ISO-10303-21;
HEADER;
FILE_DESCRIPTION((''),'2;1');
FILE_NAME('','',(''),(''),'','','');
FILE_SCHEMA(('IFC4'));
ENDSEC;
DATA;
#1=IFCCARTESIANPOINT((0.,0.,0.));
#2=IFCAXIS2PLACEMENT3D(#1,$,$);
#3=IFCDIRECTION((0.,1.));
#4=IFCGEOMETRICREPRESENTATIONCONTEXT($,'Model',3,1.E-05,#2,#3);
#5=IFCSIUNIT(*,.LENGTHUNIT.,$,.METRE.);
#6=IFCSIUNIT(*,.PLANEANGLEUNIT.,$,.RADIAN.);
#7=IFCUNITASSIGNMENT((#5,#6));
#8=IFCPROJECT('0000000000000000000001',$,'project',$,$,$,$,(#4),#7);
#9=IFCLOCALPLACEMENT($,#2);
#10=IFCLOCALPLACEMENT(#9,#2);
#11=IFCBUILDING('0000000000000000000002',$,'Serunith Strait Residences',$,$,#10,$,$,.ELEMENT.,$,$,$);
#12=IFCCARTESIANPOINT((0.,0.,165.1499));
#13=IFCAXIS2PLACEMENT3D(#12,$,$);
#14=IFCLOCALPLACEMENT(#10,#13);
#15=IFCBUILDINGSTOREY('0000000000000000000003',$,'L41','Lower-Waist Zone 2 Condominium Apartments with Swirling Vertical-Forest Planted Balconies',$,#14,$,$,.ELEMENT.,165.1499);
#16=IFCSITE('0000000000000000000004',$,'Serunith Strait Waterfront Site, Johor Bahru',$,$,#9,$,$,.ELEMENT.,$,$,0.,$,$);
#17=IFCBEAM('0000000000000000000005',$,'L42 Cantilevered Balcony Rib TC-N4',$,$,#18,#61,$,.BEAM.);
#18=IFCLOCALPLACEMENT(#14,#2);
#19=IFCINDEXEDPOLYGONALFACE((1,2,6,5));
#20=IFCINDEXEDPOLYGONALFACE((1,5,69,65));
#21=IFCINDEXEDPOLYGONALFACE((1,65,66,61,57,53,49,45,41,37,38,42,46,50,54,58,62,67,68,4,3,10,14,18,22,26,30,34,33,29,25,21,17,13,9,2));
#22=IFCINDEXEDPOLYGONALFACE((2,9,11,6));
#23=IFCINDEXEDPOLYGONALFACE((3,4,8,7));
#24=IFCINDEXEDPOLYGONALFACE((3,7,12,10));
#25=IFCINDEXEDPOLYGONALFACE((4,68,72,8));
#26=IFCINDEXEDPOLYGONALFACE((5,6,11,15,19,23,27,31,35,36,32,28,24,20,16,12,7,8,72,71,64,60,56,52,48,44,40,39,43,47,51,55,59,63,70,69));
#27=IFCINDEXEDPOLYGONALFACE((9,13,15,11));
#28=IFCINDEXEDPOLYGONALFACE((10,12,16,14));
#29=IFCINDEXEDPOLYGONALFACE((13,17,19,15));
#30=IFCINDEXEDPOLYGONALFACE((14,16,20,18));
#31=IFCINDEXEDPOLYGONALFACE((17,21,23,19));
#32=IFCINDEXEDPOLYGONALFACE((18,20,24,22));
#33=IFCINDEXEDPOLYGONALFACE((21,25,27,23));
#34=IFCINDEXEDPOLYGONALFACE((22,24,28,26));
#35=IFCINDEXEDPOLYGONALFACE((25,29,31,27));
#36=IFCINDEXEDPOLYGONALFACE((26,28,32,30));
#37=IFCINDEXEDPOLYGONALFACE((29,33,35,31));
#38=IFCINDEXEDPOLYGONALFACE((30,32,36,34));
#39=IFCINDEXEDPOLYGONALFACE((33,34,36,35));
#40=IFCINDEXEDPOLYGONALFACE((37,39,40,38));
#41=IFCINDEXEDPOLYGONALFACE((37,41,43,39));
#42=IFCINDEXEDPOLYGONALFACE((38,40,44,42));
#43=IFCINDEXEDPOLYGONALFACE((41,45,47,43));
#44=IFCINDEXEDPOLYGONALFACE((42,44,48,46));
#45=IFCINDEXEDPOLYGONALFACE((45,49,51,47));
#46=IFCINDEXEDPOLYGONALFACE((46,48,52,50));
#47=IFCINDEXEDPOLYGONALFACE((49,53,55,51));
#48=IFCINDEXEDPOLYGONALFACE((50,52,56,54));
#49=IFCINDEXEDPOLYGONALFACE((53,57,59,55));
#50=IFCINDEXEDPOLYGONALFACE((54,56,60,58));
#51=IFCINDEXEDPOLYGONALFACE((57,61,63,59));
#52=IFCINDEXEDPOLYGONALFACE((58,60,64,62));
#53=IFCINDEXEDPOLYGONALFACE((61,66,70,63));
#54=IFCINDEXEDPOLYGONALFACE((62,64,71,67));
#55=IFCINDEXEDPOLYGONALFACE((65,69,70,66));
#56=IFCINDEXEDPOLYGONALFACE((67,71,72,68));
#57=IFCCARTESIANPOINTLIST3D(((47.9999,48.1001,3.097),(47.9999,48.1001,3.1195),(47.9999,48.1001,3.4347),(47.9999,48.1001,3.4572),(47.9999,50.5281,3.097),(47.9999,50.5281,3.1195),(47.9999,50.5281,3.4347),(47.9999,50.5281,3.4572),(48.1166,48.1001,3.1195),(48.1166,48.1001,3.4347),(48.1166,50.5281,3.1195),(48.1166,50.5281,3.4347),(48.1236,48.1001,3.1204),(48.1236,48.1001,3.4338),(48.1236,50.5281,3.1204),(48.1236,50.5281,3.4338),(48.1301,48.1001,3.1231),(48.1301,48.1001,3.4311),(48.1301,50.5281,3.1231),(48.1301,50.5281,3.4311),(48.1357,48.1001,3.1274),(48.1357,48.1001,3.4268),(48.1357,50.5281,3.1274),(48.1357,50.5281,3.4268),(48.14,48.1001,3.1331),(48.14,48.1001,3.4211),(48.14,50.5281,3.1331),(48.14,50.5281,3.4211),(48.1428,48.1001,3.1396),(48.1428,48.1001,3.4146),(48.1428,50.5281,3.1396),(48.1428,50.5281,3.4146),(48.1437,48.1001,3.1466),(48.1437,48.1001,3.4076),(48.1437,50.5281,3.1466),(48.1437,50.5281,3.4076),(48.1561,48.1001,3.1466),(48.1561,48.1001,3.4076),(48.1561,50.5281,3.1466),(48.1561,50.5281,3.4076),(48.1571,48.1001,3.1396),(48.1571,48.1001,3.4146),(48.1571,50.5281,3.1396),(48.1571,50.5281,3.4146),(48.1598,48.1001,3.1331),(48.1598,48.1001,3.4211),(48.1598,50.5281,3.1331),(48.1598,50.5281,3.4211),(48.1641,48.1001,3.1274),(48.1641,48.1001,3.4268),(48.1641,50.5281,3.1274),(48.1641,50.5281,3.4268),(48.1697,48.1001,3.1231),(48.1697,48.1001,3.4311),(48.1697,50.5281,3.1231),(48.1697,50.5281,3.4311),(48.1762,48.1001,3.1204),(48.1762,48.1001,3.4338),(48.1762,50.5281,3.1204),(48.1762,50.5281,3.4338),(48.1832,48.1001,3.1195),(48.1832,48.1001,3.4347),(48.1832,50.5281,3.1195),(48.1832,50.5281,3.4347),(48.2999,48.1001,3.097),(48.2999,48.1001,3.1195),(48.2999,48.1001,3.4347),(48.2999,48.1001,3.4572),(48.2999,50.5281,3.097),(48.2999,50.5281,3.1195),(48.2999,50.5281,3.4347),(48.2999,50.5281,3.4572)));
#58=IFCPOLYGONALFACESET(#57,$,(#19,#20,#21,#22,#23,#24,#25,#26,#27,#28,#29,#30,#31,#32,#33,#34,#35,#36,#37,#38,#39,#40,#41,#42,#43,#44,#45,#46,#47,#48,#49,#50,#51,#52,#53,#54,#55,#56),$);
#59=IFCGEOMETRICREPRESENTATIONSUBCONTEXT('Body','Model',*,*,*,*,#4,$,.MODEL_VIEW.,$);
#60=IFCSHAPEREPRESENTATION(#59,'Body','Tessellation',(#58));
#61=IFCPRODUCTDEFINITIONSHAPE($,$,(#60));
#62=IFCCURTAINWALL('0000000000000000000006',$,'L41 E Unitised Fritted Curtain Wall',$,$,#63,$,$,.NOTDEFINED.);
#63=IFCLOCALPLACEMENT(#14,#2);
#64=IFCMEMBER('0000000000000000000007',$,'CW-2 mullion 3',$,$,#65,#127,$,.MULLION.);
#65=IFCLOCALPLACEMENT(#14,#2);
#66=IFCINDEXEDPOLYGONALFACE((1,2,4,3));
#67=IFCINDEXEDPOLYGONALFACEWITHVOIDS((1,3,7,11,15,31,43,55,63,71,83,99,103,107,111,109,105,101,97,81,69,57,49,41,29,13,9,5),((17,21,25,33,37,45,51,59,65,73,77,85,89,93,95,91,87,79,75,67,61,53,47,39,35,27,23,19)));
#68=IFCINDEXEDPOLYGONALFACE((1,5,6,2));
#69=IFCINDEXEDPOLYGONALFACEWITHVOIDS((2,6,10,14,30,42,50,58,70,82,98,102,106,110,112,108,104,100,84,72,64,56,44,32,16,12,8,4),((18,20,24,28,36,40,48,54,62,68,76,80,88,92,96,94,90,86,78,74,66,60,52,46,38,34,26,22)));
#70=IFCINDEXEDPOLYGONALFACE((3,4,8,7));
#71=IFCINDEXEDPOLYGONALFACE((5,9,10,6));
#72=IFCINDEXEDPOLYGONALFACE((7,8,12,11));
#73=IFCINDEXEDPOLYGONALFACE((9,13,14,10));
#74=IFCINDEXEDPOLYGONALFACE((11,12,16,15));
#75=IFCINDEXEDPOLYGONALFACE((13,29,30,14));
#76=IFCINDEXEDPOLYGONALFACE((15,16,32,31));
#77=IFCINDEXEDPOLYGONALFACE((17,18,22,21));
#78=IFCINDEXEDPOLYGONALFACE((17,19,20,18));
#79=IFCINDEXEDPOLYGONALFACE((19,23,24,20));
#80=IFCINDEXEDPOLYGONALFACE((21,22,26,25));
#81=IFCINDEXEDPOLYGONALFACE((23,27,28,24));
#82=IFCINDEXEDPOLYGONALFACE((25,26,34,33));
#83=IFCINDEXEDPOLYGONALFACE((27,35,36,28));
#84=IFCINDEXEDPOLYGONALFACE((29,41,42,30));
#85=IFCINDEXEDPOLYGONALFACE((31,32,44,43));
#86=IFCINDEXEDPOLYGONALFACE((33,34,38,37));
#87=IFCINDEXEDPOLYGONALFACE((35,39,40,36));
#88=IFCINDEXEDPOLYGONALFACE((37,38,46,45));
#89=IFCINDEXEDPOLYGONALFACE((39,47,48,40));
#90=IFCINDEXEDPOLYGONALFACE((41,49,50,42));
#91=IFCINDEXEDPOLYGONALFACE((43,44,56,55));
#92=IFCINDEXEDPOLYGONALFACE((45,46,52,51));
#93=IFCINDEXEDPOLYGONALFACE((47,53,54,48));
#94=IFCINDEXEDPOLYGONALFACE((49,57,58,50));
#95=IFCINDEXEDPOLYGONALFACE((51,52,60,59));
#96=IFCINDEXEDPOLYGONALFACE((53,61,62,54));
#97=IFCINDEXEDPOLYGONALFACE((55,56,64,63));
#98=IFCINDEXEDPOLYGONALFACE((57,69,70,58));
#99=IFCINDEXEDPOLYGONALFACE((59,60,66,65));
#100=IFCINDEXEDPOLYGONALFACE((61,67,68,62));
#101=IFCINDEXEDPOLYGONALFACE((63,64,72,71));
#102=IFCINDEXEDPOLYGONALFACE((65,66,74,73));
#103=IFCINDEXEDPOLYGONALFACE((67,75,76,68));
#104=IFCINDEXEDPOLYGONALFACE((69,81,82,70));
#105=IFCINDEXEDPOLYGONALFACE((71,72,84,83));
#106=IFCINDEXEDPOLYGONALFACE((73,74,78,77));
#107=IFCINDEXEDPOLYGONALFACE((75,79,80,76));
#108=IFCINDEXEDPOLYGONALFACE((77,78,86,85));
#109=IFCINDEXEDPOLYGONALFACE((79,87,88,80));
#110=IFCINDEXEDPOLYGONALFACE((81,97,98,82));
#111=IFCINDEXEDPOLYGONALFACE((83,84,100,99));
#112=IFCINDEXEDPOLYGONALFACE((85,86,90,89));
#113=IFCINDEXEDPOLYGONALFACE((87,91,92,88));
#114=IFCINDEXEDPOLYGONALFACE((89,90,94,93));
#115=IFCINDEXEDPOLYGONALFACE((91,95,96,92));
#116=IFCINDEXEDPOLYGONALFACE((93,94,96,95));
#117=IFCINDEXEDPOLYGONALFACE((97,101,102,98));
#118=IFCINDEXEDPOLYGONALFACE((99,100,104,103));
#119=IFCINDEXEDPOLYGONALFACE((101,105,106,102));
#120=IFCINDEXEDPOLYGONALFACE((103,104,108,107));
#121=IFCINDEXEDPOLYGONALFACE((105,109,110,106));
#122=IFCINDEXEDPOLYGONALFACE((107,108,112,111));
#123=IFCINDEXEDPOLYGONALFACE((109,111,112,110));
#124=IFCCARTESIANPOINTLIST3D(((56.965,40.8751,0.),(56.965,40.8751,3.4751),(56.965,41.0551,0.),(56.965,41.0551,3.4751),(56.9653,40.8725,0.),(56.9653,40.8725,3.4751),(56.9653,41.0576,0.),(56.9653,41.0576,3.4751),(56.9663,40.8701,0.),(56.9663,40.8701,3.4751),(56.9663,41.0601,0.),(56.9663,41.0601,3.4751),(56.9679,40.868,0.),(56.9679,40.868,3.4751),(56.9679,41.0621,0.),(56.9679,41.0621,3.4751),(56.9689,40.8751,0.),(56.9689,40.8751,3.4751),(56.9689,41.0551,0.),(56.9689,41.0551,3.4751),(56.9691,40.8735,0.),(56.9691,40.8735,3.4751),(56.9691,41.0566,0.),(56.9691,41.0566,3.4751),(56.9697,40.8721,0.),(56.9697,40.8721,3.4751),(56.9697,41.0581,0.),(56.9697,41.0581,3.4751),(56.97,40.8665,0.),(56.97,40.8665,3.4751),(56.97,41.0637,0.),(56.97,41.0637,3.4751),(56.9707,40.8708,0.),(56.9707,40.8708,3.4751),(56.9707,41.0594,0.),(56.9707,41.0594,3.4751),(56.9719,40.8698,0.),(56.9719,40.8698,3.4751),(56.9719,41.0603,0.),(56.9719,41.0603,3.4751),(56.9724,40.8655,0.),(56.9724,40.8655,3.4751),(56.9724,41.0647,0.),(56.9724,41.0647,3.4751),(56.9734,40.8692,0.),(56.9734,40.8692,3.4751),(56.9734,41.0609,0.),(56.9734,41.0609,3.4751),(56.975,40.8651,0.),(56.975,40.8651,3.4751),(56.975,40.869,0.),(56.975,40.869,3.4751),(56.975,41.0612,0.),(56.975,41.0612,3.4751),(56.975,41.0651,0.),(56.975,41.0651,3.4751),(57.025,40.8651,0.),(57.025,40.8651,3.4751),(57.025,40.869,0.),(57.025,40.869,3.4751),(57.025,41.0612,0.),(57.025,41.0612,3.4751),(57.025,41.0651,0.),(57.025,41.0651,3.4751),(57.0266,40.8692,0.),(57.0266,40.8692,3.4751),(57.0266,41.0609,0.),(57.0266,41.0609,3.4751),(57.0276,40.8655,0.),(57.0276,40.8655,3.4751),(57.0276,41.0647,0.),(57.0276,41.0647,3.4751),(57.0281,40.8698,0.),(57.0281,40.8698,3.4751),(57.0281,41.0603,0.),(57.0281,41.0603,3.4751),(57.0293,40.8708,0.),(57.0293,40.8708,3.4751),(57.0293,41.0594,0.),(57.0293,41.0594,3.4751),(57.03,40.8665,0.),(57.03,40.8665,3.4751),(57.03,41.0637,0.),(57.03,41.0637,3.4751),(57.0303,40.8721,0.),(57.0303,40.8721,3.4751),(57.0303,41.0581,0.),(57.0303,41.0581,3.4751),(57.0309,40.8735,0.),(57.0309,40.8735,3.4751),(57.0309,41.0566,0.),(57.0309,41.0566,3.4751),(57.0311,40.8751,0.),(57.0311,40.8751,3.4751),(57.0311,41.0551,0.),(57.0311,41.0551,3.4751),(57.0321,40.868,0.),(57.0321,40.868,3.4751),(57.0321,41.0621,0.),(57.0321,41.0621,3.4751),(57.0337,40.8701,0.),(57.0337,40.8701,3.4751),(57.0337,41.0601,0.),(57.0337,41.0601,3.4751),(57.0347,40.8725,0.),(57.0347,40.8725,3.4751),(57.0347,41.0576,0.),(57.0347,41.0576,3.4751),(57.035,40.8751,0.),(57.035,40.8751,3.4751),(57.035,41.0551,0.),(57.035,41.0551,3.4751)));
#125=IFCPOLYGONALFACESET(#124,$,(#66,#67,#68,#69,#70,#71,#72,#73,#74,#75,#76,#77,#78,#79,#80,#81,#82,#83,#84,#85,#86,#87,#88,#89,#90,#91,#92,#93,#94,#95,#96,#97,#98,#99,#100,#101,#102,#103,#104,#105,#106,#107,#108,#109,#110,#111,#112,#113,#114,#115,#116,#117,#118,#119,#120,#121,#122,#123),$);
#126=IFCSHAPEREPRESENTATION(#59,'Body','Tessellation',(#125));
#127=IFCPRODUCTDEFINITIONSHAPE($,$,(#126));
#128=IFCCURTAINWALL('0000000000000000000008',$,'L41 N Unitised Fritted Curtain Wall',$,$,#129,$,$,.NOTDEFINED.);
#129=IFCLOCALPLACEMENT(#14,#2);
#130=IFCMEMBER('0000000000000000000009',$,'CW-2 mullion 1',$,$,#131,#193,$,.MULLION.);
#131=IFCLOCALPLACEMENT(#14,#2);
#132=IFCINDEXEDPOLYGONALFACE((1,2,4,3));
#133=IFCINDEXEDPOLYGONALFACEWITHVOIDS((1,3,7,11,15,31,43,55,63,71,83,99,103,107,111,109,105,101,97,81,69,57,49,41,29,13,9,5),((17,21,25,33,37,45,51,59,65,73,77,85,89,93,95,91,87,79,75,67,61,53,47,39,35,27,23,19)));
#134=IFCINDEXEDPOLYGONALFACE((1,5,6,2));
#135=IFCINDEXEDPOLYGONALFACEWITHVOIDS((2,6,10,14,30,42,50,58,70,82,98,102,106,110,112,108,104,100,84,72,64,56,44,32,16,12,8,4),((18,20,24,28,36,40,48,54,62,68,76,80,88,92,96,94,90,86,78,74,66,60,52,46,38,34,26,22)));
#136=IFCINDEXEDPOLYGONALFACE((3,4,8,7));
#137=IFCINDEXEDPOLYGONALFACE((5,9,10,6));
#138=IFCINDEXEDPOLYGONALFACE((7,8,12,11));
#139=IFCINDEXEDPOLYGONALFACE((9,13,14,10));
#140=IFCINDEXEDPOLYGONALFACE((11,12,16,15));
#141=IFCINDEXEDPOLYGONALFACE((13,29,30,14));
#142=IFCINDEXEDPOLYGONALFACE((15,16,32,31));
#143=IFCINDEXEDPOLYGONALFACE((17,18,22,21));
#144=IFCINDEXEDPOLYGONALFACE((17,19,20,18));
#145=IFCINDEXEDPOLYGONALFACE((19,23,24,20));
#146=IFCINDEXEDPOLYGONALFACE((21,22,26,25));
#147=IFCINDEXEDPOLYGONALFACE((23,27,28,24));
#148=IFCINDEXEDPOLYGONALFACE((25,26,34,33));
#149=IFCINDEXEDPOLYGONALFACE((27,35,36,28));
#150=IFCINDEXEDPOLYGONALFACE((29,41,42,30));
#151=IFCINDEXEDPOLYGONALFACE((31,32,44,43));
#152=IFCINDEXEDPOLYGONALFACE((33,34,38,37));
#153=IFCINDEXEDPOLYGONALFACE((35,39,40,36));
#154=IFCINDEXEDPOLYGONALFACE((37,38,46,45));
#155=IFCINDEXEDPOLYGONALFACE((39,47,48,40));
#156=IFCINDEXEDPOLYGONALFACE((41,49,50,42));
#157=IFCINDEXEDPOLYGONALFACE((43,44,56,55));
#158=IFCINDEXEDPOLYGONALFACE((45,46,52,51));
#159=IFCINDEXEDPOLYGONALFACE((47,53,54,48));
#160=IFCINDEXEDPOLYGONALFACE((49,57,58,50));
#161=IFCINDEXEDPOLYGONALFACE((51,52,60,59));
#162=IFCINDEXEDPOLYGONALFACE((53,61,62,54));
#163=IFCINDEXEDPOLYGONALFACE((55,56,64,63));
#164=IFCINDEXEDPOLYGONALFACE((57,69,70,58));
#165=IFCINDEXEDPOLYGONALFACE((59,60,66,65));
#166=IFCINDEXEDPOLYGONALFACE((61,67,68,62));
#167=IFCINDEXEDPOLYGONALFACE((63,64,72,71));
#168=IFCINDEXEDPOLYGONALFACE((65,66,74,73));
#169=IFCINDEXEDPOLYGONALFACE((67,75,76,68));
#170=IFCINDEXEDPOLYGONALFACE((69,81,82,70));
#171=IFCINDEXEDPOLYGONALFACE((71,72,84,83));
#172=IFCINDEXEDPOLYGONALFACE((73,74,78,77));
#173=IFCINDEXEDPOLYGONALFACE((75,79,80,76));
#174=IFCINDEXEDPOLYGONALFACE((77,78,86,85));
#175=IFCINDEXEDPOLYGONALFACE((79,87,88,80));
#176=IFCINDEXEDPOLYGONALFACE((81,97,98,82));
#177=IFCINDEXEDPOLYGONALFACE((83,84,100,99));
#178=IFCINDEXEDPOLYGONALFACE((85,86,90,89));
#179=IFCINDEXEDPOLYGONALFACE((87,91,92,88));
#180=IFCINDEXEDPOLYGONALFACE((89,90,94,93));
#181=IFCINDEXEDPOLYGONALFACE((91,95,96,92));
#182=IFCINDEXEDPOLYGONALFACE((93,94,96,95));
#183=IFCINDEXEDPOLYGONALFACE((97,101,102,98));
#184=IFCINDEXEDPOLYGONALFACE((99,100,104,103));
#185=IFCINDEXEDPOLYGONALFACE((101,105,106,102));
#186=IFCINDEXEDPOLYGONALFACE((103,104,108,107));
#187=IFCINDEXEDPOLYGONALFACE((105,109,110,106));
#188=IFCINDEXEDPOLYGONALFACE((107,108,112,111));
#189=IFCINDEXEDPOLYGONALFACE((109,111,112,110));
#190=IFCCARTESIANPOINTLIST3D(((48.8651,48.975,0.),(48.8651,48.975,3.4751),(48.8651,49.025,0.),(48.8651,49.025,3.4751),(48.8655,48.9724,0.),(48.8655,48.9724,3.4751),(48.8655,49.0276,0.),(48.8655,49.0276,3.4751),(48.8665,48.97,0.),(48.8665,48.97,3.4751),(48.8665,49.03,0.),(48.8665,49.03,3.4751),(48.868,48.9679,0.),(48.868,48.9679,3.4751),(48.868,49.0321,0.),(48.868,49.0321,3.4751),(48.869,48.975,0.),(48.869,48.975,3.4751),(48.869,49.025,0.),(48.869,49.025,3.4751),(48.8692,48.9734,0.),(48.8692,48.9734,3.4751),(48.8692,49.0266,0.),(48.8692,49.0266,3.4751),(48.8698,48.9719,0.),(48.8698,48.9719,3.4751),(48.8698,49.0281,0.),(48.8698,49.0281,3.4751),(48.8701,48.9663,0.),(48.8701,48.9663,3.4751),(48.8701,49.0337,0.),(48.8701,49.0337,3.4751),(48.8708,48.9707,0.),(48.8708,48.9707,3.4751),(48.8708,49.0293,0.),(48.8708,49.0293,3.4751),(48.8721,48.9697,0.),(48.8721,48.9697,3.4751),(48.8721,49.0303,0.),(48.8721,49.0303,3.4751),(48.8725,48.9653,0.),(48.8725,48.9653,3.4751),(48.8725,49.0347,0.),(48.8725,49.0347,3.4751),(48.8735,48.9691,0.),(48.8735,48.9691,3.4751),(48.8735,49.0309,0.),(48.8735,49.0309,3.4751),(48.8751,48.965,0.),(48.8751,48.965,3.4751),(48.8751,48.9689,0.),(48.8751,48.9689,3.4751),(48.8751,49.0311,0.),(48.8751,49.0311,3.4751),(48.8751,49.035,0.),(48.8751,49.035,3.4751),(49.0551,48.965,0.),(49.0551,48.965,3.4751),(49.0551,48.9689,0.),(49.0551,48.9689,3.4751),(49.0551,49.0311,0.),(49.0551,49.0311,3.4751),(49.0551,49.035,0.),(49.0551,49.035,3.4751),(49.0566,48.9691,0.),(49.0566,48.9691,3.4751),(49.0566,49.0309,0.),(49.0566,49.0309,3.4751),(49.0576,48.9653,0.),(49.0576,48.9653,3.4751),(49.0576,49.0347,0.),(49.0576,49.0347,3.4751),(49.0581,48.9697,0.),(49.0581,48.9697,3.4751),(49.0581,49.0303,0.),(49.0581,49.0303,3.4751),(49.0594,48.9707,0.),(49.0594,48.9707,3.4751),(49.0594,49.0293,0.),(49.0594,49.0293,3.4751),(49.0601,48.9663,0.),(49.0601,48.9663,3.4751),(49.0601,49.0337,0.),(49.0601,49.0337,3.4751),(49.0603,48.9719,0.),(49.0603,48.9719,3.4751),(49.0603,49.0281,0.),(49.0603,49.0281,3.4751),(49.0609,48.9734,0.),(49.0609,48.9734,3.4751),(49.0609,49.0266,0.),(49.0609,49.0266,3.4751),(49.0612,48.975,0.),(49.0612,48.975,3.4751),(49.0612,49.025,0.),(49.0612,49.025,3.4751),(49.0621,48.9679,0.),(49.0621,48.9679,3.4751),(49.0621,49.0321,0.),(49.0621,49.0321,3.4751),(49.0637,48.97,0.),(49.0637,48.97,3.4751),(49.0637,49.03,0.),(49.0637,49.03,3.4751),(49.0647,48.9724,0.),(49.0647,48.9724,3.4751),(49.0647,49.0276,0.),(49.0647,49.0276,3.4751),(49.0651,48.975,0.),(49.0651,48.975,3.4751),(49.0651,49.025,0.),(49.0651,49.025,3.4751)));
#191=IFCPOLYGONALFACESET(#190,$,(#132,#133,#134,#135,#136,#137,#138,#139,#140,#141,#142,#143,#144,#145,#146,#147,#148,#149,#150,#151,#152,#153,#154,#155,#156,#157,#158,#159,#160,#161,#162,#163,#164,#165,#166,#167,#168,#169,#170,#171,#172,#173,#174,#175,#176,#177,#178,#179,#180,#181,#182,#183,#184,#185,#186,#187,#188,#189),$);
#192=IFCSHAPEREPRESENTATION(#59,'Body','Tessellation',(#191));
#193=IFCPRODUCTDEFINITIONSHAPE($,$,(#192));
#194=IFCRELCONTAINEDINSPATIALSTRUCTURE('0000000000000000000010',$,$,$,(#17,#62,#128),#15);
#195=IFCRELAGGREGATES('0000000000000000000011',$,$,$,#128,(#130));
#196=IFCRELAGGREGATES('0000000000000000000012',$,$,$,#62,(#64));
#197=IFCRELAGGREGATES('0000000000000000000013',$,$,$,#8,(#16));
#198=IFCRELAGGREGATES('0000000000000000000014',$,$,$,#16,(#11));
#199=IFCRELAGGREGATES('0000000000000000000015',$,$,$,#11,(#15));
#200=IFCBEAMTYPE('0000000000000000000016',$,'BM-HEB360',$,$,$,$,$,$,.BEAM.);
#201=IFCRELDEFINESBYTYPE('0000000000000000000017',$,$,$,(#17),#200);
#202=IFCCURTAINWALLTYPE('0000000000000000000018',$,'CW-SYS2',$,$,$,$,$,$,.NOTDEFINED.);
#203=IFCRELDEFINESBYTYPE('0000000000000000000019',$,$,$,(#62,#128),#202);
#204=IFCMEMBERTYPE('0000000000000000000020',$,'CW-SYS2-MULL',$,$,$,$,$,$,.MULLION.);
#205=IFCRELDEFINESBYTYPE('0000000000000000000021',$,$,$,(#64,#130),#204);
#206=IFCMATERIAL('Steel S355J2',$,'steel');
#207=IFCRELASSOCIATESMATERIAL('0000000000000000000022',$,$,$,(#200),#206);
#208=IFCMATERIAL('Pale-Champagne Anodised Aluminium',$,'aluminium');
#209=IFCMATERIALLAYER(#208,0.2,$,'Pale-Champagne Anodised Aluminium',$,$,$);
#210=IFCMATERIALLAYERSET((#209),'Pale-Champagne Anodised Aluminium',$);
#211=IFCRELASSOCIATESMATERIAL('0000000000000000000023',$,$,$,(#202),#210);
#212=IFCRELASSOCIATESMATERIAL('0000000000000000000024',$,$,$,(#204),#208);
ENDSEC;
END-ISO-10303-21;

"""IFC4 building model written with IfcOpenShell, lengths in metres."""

from ifc_helpers import new_model, si_unit, direction, frame, origin, origin_2d, place, context, subcontext, project, spatial, hollow_rectangle, i_section, extrude, source, transform, mapped, material, layer, layer_set, material_profile, profile_set, type_object, element, aggregate, save


model = new_model("IFC4")

# Units and contexts
model_context = context("Model", 3, precision=1e-05, world=origin(), true_north=direction((0.0, 1.0)))
body_context = subcontext(model_context, "Body", "Model", "MODEL_VIEW")
ifc_project = project(units=[si_unit("LENGTHUNIT", "METRE"), si_unit("PLANEANGLEUNIT", "RADIAN")], contexts=[model_context])

# Site, building, storey
site_placement = place(None, origin())
site = spatial("IfcSite", under=ifc_project, at=site_placement, Name="Serunith Strait Waterfront Site, Johor Bahru", CompositionType="ELEMENT", RefElevation=0.0)
building_placement = place(site_placement, origin())
building = spatial("IfcBuilding", under=site, at=building_placement, Name="Serunith Strait Residences", CompositionType="ELEMENT")
storey_placement = place(building_placement, frame((0.0, 0.0, 165.1499)))
storey = spatial("IfcBuildingStorey", under=building, at=storey_placement, Name="L41", Description="Lower-Waist Zone 2 Condominium Apartments with Swirling Vertical-Forest Planted Balconies", CompositionType="ELEMENT", Elevation=165.1499)

# Beam
ifc_material_1 = material(Name="Steel S355J2", Category="steel")
ifc_material_profile_1 = material_profile(ifc_material_1, i_section(OverallWidth=0.3, OverallDepth=0.3601, WebThickness=0.0125, FlangeThickness=0.0225, FilletRadius=0.0271, at=origin_2d()), Name="HEB 360")
ifc_profile_set_1 = profile_set([ifc_material_profile_1], Name="Steel S355J2")
beam_type_1 = type_object("IfcBeamType", Name="BM-HEB360", PredefinedType="BEAM", material=ifc_profile_set_1)
shared_shape_1 = source(origin(), body_context, "Body", "SweptSolid", [
    extrude(i_section(OverallWidth=0.3, OverallDepth=0.3601, WebThickness=0.0125, FlangeThickness=0.0225, FilletRadius=0.0271, at=origin_2d()), origin(), (0.0, 0.0, 1.0), 2.428),
])
beam_1_placement = place(storey_placement, frame((48.1499, 48.1001, 3.2771), z_axis=(0.0, 1.0, 0.0), x_axis=(-1.0, 0.0, 0.0)))
element("IfcBeam", 1, at=beam_1_placement, inside=storey, type_object=beam_type_1, Name="L42 Cantilevered Balcony Rib TC-N4", PredefinedType="BEAM", context=body_context, shape_type="MappedRepresentation", body=[
    mapped(shared_shape_1, transform((0.0, 0.0, 0.0), scale=1.0)),
])

# Curtain wall, member
ifc_material_2 = material(Name="Pale-Champagne Anodised Aluminium", Category="aluminium")
ifc_layer_1 = layer(ifc_material_2, 0.2, Name="Pale-Champagne Anodised Aluminium")
ifc_layer_set_1 = layer_set([ifc_layer_1], Name="Pale-Champagne Anodised Aluminium")
curtain_wall_type = type_object("IfcCurtainWallType", Name="CW-SYS2", PredefinedType="NOTDEFINED", material=ifc_layer_set_1)
curtain_wall_1_placement = place(storey_placement, origin())
curtain_wall_1 = element("IfcCurtainWall", 2, at=curtain_wall_1_placement, inside=storey, type_object=curtain_wall_type, Name="L41 E Unitised Fritted Curtain Wall", PredefinedType="NOTDEFINED")
ifc_material_profile_2 = material_profile(ifc_material_2, hollow_rectangle(XDim=0.0701, YDim=0.2, WallThickness=0.0039, InnerFilletRadius=0.0061, OuterFilletRadius=0.01, at=origin_2d()), Name="ALU 200x70x4")
ifc_profile_set_2 = profile_set([ifc_material_profile_2], Name="Pale-Champagne Anodised Aluminium")
member_type_1 = type_object("IfcMemberType", Name="CW-SYS2-MULL", PredefinedType="MULLION", material=ifc_profile_set_2)
shared_shape_2 = source(origin(), body_context, "Body", "SweptSolid", [
    extrude(hollow_rectangle(XDim=0.0701, YDim=0.2, WallThickness=0.0039, InnerFilletRadius=0.0061, OuterFilletRadius=0.01, at=origin_2d()), origin(), (0.0, 0.0, 1.0), 3.4751),
])
member_1_placement = place(storey_placement, frame((57.0, 40.9651, 0.0), z_axis=(0.0, 0.0, 1.0), x_axis=(-1.0, 0.0, 0.0)))
member_1 = element("IfcMember", 3, at=member_1_placement, type_object=member_type_1, Name="CW-2 mullion 3", PredefinedType="MULLION", context=body_context, shape_type="MappedRepresentation", body=[
    mapped(shared_shape_2, transform((0.0, 0.0, 0.0), scale=1.0)),
])

# Curtain wall, member
curtain_wall_2_placement = place(storey_placement, origin())
curtain_wall_2 = element("IfcCurtainWall", 4, at=curtain_wall_2_placement, inside=storey, type_object=curtain_wall_type, Name="L41 N Unitised Fritted Curtain Wall", PredefinedType="NOTDEFINED")
member_2_placement = place(storey_placement, frame((48.9651, 49.0, 0.0), z_axis=(0.0, 0.0, 1.0), x_axis=(0.0, -1.0, 0.0)))
member_2 = element("IfcMember", 5, at=member_2_placement, type_object=member_type_1, Name="CW-2 mullion 1", PredefinedType="MULLION", context=body_context, shape_type="MappedRepresentation", body=[
    mapped(shared_shape_2, transform((0.0, 0.0, 0.0), scale=1.0)),
])
aggregate(curtain_wall_2, [member_2])

aggregate(curtain_wall_1, [member_1])

save(model, "model.ifc")
